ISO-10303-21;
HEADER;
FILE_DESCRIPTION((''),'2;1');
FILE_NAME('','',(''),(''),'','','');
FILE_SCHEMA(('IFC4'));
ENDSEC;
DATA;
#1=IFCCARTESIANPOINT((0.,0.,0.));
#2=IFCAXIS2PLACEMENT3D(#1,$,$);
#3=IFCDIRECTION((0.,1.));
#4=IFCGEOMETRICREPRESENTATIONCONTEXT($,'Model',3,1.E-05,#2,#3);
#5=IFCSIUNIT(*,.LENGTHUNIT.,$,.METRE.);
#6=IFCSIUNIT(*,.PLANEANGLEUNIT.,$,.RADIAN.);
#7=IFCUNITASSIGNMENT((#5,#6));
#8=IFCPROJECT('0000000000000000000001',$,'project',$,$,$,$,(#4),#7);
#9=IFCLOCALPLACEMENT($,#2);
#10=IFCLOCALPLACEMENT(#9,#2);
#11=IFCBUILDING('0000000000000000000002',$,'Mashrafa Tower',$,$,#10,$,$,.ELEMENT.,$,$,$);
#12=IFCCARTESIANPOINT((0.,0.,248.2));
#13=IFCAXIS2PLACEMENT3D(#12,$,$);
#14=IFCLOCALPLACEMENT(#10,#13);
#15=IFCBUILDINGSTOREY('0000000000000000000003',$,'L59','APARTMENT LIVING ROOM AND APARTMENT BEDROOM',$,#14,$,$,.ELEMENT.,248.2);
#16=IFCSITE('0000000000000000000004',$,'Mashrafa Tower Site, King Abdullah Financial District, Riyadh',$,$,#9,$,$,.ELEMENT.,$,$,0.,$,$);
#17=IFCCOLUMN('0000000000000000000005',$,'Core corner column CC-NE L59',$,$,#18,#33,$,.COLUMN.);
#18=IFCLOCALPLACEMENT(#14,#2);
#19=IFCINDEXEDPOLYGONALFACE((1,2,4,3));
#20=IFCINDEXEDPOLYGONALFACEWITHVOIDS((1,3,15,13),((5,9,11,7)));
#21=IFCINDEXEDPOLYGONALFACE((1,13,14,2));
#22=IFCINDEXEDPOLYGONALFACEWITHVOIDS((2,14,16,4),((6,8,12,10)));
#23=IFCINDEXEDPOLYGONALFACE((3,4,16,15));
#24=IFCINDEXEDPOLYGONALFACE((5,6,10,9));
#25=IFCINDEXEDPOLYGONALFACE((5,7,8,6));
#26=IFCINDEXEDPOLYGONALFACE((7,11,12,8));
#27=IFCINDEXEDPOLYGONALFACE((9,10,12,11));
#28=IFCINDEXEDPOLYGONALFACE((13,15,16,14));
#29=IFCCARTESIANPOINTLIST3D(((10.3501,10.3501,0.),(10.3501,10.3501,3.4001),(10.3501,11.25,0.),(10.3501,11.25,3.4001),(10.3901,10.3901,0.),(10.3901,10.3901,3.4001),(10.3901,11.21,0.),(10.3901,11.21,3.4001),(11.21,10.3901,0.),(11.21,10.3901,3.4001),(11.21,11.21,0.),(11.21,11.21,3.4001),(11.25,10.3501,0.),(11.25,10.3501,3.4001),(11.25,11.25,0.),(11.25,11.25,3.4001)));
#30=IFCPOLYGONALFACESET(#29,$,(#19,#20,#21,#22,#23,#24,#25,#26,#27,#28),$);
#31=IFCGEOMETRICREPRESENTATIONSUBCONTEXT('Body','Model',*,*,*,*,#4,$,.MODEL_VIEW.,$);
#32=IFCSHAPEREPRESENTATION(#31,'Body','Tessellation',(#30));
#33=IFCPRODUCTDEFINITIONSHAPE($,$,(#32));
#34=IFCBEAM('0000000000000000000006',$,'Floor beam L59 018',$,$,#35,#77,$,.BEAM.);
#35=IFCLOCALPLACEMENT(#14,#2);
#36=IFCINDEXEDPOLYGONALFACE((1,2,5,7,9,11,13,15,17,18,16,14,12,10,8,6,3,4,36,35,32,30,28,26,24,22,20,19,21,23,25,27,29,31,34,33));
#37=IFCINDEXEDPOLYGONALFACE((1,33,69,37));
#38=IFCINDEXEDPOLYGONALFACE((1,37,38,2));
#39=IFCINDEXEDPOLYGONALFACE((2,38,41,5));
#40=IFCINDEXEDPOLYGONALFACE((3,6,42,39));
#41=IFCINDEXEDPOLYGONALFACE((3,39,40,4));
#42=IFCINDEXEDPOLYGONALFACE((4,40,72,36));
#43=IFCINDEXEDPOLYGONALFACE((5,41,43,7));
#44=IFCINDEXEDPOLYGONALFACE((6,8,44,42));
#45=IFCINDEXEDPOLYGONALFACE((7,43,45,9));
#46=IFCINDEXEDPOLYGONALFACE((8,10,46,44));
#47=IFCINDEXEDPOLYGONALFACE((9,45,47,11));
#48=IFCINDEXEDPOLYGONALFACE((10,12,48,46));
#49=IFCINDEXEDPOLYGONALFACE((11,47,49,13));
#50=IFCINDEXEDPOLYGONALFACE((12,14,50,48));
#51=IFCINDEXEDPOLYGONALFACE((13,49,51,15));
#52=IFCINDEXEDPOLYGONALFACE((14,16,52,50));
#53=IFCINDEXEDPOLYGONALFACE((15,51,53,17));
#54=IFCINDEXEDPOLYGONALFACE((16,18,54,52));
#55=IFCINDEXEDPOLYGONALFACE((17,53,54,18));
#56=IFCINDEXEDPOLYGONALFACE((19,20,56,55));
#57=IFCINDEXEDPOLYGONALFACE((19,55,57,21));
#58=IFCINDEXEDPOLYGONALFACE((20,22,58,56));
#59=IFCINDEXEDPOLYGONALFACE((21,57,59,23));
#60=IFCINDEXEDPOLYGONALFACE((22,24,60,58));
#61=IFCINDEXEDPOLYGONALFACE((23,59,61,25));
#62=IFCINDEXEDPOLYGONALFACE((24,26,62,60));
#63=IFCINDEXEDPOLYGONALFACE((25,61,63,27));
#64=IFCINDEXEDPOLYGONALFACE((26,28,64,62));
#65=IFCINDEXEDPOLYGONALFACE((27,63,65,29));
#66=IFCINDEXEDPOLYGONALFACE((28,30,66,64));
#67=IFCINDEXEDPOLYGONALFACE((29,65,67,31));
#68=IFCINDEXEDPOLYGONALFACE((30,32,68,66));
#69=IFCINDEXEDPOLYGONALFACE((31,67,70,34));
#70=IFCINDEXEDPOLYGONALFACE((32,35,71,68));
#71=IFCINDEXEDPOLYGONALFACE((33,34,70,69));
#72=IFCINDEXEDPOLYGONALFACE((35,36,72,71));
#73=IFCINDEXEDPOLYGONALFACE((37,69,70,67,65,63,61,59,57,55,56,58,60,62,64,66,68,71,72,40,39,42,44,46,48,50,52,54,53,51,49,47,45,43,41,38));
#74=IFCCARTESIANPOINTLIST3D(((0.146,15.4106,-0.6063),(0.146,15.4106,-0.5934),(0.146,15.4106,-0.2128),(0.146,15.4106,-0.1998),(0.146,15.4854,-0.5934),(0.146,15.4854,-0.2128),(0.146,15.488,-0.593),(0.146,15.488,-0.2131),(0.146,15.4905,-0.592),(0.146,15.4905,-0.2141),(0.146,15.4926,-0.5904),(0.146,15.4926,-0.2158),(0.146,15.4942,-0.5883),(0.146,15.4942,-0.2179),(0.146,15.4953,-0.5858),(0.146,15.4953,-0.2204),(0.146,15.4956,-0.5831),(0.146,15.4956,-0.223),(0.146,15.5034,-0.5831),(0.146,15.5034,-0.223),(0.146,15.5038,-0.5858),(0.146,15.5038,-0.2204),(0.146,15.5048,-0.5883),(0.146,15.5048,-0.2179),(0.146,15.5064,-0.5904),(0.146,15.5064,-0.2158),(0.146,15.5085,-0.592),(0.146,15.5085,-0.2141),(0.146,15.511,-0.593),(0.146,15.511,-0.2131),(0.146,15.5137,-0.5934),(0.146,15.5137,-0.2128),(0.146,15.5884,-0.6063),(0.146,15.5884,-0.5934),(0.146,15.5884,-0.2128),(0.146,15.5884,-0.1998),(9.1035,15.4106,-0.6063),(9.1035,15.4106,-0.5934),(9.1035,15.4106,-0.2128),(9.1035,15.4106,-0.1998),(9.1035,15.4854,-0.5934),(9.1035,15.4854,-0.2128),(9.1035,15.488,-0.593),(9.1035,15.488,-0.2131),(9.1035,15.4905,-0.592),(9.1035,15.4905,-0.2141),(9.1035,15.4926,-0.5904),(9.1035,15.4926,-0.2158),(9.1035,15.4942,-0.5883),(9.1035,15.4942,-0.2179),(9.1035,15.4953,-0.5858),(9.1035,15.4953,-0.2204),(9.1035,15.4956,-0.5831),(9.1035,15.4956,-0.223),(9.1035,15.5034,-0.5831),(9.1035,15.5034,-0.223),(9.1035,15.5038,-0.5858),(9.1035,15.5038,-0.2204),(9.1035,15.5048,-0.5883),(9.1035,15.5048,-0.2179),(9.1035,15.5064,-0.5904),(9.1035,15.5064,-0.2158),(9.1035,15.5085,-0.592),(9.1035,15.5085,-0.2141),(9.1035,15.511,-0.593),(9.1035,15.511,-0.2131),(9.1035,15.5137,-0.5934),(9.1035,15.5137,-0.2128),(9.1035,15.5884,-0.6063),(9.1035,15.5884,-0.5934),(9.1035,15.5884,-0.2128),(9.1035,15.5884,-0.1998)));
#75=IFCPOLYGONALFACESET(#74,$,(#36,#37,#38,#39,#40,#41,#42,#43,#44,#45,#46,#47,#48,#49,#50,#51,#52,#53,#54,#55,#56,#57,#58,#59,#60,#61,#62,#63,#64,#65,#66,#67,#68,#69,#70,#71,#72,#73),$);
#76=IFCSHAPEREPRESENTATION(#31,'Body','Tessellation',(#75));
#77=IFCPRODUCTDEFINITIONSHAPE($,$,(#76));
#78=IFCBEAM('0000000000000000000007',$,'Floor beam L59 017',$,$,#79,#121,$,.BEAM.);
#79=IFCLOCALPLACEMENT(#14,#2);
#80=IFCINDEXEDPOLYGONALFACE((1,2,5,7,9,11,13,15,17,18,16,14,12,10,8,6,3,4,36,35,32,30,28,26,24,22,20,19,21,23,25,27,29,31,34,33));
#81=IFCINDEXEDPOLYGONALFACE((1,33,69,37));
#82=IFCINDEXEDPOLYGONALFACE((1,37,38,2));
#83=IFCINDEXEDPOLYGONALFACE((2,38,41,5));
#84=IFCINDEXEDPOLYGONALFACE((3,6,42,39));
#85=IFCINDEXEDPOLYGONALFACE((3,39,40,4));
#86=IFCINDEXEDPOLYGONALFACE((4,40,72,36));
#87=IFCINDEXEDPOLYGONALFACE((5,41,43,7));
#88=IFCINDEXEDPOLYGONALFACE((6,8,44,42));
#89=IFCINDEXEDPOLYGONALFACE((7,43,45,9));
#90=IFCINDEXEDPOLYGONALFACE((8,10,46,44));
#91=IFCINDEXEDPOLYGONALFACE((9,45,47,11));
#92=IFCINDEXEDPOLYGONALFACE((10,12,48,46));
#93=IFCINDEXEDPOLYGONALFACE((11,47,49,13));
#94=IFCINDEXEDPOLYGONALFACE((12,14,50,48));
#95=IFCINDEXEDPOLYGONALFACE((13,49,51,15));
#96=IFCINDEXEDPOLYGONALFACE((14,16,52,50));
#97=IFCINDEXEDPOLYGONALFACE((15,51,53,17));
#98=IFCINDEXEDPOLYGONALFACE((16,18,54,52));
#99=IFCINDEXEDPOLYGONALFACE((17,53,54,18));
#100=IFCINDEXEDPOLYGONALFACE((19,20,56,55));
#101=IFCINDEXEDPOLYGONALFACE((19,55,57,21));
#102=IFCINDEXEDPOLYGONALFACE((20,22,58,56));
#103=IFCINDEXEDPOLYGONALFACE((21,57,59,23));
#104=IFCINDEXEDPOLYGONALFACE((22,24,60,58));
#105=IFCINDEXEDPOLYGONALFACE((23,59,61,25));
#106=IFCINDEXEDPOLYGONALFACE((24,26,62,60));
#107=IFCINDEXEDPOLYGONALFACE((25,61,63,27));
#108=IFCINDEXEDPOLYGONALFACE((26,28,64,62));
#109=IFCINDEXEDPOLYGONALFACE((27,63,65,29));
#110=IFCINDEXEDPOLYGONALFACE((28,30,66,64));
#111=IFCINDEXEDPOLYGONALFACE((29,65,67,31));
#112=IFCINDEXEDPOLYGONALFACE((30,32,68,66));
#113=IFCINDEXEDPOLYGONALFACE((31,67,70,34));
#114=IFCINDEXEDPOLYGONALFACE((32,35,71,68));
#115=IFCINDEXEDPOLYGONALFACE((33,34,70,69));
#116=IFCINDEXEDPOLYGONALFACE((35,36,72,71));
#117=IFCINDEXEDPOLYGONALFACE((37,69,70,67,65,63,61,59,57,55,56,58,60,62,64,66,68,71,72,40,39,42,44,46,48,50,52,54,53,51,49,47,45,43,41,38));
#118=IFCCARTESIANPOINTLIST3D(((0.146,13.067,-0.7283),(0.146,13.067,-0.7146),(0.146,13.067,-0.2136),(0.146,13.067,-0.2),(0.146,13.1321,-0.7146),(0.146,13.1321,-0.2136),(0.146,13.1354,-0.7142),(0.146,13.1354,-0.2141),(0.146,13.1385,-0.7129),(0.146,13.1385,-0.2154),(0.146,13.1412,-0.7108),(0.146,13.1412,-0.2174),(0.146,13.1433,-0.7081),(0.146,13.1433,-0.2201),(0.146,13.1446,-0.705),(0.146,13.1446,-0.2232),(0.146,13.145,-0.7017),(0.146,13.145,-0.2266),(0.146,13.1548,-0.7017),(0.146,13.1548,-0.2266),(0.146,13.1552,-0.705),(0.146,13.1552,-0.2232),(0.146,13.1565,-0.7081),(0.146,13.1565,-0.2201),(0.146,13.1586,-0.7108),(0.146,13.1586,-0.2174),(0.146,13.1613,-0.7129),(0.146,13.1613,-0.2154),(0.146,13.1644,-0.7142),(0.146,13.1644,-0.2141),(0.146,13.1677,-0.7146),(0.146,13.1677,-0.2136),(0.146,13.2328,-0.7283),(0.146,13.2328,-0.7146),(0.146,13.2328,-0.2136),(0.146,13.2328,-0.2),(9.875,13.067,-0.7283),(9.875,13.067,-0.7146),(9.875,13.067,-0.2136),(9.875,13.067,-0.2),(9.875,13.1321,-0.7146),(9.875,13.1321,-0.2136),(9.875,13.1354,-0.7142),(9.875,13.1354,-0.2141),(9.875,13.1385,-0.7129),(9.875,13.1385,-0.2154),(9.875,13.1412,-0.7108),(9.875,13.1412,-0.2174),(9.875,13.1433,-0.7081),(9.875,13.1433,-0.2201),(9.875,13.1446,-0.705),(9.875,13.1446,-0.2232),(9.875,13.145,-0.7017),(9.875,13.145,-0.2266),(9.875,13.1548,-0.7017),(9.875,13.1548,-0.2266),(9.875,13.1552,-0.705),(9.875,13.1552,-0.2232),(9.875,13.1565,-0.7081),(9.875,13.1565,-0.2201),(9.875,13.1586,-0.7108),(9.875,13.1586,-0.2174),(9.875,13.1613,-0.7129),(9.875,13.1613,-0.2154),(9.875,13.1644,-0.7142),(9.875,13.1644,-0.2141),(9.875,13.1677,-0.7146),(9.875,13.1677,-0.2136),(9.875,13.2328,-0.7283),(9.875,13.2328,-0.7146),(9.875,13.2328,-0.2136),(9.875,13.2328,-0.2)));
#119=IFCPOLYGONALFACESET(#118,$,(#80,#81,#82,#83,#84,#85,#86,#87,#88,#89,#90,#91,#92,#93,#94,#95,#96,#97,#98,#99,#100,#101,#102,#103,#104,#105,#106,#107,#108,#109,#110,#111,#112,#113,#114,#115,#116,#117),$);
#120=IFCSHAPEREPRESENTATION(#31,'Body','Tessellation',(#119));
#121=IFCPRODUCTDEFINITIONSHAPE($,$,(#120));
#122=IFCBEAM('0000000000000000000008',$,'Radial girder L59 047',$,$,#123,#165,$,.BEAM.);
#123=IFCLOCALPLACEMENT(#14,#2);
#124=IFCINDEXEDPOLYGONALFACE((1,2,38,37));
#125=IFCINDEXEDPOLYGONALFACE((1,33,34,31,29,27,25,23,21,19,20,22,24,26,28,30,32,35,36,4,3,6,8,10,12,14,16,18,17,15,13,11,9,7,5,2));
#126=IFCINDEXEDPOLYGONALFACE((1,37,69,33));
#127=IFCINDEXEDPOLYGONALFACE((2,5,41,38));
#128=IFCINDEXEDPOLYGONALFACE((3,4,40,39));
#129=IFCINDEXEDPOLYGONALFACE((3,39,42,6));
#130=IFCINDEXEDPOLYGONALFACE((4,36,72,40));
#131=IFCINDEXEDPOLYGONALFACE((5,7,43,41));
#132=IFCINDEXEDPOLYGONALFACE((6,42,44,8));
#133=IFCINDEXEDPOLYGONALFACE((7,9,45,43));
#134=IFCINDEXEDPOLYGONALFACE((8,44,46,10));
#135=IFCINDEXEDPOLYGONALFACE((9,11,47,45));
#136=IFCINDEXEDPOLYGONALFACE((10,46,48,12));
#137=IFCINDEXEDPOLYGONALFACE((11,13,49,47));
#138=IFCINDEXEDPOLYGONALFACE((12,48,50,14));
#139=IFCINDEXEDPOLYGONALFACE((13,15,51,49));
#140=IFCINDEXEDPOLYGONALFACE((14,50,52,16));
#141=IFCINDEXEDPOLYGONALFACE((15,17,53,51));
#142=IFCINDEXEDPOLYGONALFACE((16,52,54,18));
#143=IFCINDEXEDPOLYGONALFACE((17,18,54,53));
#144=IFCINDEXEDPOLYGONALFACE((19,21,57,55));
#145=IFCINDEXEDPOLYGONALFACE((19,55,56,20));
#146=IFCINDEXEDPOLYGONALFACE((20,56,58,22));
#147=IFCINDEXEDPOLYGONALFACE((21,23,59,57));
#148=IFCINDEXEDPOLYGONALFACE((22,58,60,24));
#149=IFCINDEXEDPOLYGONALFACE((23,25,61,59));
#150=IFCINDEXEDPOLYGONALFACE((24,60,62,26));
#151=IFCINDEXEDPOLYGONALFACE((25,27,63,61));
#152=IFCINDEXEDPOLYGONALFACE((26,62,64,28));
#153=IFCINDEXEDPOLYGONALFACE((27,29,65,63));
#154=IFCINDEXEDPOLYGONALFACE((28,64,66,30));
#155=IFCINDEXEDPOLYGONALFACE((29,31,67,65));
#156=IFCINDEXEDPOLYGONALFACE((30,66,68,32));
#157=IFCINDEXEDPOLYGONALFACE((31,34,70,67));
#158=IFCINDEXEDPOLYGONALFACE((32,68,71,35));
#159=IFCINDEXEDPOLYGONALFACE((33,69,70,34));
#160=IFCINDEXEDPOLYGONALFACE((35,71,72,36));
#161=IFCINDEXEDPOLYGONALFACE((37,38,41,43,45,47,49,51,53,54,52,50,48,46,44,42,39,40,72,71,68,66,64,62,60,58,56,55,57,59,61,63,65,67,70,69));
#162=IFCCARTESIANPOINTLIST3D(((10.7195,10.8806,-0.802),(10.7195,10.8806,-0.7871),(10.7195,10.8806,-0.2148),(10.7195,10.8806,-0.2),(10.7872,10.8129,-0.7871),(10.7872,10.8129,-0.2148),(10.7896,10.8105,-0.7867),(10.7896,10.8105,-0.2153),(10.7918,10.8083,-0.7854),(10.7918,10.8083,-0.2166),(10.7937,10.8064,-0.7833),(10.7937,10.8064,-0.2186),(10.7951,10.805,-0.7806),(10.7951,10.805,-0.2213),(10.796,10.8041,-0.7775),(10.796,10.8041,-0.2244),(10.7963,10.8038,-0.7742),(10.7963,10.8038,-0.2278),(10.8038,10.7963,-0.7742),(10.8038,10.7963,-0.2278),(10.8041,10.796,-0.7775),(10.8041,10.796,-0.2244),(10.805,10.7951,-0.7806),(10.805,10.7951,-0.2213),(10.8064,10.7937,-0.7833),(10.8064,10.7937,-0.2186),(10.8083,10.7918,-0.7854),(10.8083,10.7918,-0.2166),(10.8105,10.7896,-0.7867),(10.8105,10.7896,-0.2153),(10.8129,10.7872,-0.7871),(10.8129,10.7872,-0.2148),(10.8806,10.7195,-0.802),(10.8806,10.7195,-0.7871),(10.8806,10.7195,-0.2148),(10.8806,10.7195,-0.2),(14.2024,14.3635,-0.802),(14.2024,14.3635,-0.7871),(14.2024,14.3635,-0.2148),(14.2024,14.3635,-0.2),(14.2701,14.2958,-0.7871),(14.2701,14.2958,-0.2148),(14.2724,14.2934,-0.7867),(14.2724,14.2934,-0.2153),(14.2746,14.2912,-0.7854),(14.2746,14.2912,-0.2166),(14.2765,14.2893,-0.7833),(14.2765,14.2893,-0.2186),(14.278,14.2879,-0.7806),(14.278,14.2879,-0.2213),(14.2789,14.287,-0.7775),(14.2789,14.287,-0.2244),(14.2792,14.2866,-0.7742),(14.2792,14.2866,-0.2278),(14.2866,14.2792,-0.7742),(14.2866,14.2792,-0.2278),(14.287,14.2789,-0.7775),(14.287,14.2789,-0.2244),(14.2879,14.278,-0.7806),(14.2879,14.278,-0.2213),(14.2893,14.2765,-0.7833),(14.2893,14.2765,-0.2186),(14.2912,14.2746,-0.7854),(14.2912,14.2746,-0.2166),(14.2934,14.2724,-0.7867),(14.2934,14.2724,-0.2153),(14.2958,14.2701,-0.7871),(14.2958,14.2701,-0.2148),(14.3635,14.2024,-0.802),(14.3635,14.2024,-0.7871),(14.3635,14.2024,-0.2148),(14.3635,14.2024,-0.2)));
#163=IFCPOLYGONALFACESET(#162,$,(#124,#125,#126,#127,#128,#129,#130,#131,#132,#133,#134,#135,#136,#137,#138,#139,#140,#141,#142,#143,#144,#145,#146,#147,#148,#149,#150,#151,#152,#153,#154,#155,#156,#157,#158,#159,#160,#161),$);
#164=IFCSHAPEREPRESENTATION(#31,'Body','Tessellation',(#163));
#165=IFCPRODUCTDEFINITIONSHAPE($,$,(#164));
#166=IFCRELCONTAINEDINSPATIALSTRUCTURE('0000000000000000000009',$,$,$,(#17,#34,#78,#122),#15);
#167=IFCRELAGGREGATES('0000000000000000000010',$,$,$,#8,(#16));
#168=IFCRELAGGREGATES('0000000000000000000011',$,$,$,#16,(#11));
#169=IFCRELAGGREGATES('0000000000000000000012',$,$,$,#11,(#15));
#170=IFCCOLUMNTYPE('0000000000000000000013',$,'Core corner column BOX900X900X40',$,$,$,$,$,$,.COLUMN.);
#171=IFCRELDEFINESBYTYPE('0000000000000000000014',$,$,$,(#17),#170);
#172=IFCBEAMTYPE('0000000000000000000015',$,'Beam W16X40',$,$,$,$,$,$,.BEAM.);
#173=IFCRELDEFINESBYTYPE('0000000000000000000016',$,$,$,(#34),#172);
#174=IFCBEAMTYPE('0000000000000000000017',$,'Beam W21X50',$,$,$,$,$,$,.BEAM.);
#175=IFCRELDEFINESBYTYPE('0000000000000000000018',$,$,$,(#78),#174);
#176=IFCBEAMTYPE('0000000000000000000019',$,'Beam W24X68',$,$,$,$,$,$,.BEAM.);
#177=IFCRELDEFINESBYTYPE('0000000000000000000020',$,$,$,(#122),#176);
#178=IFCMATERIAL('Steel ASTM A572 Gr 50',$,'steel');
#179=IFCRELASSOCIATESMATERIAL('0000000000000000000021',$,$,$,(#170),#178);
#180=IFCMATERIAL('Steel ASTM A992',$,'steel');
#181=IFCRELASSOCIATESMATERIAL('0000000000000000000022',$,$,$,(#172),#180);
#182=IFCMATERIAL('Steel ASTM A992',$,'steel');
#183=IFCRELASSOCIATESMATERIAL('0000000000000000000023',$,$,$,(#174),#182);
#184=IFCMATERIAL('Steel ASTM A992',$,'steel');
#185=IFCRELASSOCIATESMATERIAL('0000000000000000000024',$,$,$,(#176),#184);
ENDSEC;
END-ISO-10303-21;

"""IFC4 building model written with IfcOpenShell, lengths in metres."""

from ifc_helpers import new_model, si_unit, direction, frame, origin, origin_2d, place, context, subcontext, project, spatial, hollow_rectangle, i_section, extrude, material, material_profile, profile_set, type_object, element, save


model = new_model("IFC4")

# Units and contexts
model_context = context("Model", 3, precision=1e-05, world=origin(), true_north=direction((0.0, 1.0)))
body_context = subcontext(model_context, "Body", "Model", "MODEL_VIEW")
ifc_project = project(units=[si_unit("LENGTHUNIT", "METRE"), si_unit("PLANEANGLEUNIT", "RADIAN")], contexts=[model_context])

# Site, building, storey
site_placement = place(None, origin())
site = spatial("IfcSite", under=ifc_project, at=site_placement, Name="Mashrafa Tower Site, King Abdullah Financial District, Riyadh", CompositionType="ELEMENT", RefElevation=0.0)
building_placement = place(site_placement, origin())
building = spatial("IfcBuilding", under=site, at=building_placement, Name="Mashrafa Tower", CompositionType="ELEMENT")
storey_placement = place(building_placement, frame((0.0, 0.0, 248.2)))
storey = spatial("IfcBuildingStorey", under=building, at=storey_placement, Name="L59", Description="APARTMENT LIVING ROOM AND APARTMENT BEDROOM", CompositionType="ELEMENT", Elevation=248.2)

# Column
ifc_material_1 = material(Name="Steel ASTM A572 Gr 50", Category="steel")
ifc_material_profile_1 = material_profile(ifc_material_1, hollow_rectangle(XDim=0.8999, YDim=0.8999, WallThickness=0.04, at=origin_2d()), Name="BOX900X900X40")
ifc_profile_set_1 = profile_set([ifc_material_profile_1], Name="Steel ASTM A572 Gr 50")
column_type = type_object("IfcColumnType", Name="Core corner column BOX900X900X40", PredefinedType="COLUMN", material=ifc_profile_set_1)
column_placement = place(storey_placement, frame((10.8, 10.8, 0.0), z_axis=(0.0, 0.0, 1.0), x_axis=(1.0, 0.0, 0.0)))
element("IfcColumn", 1, at=column_placement, inside=storey, type_object=column_type, Name="Core corner column CC-NE L59", PredefinedType="COLUMN", context=body_context, shape_type="SweptSolid", body=[
    extrude(hollow_rectangle(XDim=0.8999, YDim=0.8999, WallThickness=0.04, at=origin_2d()), origin(), (0.0, 0.0, 1.0), 3.4001),
])

# Beams
ifc_material_2 = material(Name="Steel ASTM A992", Category="steel")
ifc_material_profile_2 = material_profile(ifc_material_2, i_section(OverallWidth=0.1777, OverallDepth=0.4065, WebThickness=0.0078, FlangeThickness=0.0129, FilletRadius=0.0103, at=origin_2d()), Name="W16X40")
ifc_profile_set_2 = profile_set([ifc_material_profile_2], Name="Steel ASTM A992")
beam_type_1 = type_object("IfcBeamType", Name="Beam W16X40", PredefinedType="BEAM", material=ifc_profile_set_2)
beam_1_placement = place(storey_placement, frame((0.146, 15.4995, -0.4031), z_axis=(1.0, 0.0, 0.0), x_axis=(0.0, 1.0, 0.0)))
element("IfcBeam", 2, at=beam_1_placement, inside=storey, type_object=beam_type_1, Name="Floor beam L59 018", PredefinedType="BEAM", context=body_context, shape_type="SweptSolid", body=[
    extrude(i_section(OverallWidth=0.1777, OverallDepth=0.4065, WebThickness=0.0078, FlangeThickness=0.0129, FilletRadius=0.0103, at=origin_2d()), origin(), (0.0, 0.0, 1.0), 8.9575),
])
ifc_material_3 = material(Name="Steel ASTM A992", Category="steel")
ifc_material_profile_3 = material_profile(ifc_material_3, i_section(OverallWidth=0.1658, OverallDepth=0.5283, WebThickness=0.0098, FlangeThickness=0.0137, FilletRadius=0.0129, at=origin_2d()), Name="W21X50")
ifc_profile_set_3 = profile_set([ifc_material_profile_3], Name="Steel ASTM A992")
beam_type_2 = type_object("IfcBeamType", Name="Beam W21X50", PredefinedType="BEAM", material=ifc_profile_set_3)
beam_2_placement = place(storey_placement, frame((0.146, 13.1499, -0.4641), z_axis=(1.0, 0.0, 0.0), x_axis=(0.0, 1.0, 0.0)))
element("IfcBeam", 3, at=beam_2_placement, inside=storey, type_object=beam_type_2, Name="Floor beam L59 017", PredefinedType="BEAM", context=body_context, shape_type="SweptSolid", body=[
    extrude(i_section(OverallWidth=0.1658, OverallDepth=0.5283, WebThickness=0.0098, FlangeThickness=0.0137, FilletRadius=0.0129, at=origin_2d()), origin(), (0.0, 0.0, 1.0), 9.729),
])
ifc_material_4 = material(Name="Steel ASTM A992", Category="steel")
ifc_material_profile_4 = material_profile(ifc_material_4, i_section(OverallWidth=0.2278, OverallDepth=0.6021, WebThickness=0.0105, FlangeThickness=0.0149, FilletRadius=0.0129, at=origin_2d()), Name="W24X68")
ifc_profile_set_4 = profile_set([ifc_material_profile_4], Name="Steel ASTM A992")
beam_type_3 = type_object("IfcBeamType", Name="Beam W24X68", PredefinedType="BEAM", material=ifc_profile_set_4)
beam_3_placement = place(storey_placement, frame((10.8, 10.8, -0.501), z_axis=(0.707107, 0.707107, 0.0), x_axis=(-0.707107, 0.707107, 0.0)))
element("IfcBeam", 4, at=beam_3_placement, inside=storey, type_object=beam_type_3, Name="Radial girder L59 047", PredefinedType="BEAM", context=body_context, shape_type="SweptSolid", body=[
    extrude(i_section(OverallWidth=0.2278, OverallDepth=0.6021, WebThickness=0.0105, FlangeThickness=0.0149, FilletRadius=0.0129, at=origin_2d()), origin(), (0.0, 0.0, 1.0), 4.9255),
])

save(model, "model.ifc")
